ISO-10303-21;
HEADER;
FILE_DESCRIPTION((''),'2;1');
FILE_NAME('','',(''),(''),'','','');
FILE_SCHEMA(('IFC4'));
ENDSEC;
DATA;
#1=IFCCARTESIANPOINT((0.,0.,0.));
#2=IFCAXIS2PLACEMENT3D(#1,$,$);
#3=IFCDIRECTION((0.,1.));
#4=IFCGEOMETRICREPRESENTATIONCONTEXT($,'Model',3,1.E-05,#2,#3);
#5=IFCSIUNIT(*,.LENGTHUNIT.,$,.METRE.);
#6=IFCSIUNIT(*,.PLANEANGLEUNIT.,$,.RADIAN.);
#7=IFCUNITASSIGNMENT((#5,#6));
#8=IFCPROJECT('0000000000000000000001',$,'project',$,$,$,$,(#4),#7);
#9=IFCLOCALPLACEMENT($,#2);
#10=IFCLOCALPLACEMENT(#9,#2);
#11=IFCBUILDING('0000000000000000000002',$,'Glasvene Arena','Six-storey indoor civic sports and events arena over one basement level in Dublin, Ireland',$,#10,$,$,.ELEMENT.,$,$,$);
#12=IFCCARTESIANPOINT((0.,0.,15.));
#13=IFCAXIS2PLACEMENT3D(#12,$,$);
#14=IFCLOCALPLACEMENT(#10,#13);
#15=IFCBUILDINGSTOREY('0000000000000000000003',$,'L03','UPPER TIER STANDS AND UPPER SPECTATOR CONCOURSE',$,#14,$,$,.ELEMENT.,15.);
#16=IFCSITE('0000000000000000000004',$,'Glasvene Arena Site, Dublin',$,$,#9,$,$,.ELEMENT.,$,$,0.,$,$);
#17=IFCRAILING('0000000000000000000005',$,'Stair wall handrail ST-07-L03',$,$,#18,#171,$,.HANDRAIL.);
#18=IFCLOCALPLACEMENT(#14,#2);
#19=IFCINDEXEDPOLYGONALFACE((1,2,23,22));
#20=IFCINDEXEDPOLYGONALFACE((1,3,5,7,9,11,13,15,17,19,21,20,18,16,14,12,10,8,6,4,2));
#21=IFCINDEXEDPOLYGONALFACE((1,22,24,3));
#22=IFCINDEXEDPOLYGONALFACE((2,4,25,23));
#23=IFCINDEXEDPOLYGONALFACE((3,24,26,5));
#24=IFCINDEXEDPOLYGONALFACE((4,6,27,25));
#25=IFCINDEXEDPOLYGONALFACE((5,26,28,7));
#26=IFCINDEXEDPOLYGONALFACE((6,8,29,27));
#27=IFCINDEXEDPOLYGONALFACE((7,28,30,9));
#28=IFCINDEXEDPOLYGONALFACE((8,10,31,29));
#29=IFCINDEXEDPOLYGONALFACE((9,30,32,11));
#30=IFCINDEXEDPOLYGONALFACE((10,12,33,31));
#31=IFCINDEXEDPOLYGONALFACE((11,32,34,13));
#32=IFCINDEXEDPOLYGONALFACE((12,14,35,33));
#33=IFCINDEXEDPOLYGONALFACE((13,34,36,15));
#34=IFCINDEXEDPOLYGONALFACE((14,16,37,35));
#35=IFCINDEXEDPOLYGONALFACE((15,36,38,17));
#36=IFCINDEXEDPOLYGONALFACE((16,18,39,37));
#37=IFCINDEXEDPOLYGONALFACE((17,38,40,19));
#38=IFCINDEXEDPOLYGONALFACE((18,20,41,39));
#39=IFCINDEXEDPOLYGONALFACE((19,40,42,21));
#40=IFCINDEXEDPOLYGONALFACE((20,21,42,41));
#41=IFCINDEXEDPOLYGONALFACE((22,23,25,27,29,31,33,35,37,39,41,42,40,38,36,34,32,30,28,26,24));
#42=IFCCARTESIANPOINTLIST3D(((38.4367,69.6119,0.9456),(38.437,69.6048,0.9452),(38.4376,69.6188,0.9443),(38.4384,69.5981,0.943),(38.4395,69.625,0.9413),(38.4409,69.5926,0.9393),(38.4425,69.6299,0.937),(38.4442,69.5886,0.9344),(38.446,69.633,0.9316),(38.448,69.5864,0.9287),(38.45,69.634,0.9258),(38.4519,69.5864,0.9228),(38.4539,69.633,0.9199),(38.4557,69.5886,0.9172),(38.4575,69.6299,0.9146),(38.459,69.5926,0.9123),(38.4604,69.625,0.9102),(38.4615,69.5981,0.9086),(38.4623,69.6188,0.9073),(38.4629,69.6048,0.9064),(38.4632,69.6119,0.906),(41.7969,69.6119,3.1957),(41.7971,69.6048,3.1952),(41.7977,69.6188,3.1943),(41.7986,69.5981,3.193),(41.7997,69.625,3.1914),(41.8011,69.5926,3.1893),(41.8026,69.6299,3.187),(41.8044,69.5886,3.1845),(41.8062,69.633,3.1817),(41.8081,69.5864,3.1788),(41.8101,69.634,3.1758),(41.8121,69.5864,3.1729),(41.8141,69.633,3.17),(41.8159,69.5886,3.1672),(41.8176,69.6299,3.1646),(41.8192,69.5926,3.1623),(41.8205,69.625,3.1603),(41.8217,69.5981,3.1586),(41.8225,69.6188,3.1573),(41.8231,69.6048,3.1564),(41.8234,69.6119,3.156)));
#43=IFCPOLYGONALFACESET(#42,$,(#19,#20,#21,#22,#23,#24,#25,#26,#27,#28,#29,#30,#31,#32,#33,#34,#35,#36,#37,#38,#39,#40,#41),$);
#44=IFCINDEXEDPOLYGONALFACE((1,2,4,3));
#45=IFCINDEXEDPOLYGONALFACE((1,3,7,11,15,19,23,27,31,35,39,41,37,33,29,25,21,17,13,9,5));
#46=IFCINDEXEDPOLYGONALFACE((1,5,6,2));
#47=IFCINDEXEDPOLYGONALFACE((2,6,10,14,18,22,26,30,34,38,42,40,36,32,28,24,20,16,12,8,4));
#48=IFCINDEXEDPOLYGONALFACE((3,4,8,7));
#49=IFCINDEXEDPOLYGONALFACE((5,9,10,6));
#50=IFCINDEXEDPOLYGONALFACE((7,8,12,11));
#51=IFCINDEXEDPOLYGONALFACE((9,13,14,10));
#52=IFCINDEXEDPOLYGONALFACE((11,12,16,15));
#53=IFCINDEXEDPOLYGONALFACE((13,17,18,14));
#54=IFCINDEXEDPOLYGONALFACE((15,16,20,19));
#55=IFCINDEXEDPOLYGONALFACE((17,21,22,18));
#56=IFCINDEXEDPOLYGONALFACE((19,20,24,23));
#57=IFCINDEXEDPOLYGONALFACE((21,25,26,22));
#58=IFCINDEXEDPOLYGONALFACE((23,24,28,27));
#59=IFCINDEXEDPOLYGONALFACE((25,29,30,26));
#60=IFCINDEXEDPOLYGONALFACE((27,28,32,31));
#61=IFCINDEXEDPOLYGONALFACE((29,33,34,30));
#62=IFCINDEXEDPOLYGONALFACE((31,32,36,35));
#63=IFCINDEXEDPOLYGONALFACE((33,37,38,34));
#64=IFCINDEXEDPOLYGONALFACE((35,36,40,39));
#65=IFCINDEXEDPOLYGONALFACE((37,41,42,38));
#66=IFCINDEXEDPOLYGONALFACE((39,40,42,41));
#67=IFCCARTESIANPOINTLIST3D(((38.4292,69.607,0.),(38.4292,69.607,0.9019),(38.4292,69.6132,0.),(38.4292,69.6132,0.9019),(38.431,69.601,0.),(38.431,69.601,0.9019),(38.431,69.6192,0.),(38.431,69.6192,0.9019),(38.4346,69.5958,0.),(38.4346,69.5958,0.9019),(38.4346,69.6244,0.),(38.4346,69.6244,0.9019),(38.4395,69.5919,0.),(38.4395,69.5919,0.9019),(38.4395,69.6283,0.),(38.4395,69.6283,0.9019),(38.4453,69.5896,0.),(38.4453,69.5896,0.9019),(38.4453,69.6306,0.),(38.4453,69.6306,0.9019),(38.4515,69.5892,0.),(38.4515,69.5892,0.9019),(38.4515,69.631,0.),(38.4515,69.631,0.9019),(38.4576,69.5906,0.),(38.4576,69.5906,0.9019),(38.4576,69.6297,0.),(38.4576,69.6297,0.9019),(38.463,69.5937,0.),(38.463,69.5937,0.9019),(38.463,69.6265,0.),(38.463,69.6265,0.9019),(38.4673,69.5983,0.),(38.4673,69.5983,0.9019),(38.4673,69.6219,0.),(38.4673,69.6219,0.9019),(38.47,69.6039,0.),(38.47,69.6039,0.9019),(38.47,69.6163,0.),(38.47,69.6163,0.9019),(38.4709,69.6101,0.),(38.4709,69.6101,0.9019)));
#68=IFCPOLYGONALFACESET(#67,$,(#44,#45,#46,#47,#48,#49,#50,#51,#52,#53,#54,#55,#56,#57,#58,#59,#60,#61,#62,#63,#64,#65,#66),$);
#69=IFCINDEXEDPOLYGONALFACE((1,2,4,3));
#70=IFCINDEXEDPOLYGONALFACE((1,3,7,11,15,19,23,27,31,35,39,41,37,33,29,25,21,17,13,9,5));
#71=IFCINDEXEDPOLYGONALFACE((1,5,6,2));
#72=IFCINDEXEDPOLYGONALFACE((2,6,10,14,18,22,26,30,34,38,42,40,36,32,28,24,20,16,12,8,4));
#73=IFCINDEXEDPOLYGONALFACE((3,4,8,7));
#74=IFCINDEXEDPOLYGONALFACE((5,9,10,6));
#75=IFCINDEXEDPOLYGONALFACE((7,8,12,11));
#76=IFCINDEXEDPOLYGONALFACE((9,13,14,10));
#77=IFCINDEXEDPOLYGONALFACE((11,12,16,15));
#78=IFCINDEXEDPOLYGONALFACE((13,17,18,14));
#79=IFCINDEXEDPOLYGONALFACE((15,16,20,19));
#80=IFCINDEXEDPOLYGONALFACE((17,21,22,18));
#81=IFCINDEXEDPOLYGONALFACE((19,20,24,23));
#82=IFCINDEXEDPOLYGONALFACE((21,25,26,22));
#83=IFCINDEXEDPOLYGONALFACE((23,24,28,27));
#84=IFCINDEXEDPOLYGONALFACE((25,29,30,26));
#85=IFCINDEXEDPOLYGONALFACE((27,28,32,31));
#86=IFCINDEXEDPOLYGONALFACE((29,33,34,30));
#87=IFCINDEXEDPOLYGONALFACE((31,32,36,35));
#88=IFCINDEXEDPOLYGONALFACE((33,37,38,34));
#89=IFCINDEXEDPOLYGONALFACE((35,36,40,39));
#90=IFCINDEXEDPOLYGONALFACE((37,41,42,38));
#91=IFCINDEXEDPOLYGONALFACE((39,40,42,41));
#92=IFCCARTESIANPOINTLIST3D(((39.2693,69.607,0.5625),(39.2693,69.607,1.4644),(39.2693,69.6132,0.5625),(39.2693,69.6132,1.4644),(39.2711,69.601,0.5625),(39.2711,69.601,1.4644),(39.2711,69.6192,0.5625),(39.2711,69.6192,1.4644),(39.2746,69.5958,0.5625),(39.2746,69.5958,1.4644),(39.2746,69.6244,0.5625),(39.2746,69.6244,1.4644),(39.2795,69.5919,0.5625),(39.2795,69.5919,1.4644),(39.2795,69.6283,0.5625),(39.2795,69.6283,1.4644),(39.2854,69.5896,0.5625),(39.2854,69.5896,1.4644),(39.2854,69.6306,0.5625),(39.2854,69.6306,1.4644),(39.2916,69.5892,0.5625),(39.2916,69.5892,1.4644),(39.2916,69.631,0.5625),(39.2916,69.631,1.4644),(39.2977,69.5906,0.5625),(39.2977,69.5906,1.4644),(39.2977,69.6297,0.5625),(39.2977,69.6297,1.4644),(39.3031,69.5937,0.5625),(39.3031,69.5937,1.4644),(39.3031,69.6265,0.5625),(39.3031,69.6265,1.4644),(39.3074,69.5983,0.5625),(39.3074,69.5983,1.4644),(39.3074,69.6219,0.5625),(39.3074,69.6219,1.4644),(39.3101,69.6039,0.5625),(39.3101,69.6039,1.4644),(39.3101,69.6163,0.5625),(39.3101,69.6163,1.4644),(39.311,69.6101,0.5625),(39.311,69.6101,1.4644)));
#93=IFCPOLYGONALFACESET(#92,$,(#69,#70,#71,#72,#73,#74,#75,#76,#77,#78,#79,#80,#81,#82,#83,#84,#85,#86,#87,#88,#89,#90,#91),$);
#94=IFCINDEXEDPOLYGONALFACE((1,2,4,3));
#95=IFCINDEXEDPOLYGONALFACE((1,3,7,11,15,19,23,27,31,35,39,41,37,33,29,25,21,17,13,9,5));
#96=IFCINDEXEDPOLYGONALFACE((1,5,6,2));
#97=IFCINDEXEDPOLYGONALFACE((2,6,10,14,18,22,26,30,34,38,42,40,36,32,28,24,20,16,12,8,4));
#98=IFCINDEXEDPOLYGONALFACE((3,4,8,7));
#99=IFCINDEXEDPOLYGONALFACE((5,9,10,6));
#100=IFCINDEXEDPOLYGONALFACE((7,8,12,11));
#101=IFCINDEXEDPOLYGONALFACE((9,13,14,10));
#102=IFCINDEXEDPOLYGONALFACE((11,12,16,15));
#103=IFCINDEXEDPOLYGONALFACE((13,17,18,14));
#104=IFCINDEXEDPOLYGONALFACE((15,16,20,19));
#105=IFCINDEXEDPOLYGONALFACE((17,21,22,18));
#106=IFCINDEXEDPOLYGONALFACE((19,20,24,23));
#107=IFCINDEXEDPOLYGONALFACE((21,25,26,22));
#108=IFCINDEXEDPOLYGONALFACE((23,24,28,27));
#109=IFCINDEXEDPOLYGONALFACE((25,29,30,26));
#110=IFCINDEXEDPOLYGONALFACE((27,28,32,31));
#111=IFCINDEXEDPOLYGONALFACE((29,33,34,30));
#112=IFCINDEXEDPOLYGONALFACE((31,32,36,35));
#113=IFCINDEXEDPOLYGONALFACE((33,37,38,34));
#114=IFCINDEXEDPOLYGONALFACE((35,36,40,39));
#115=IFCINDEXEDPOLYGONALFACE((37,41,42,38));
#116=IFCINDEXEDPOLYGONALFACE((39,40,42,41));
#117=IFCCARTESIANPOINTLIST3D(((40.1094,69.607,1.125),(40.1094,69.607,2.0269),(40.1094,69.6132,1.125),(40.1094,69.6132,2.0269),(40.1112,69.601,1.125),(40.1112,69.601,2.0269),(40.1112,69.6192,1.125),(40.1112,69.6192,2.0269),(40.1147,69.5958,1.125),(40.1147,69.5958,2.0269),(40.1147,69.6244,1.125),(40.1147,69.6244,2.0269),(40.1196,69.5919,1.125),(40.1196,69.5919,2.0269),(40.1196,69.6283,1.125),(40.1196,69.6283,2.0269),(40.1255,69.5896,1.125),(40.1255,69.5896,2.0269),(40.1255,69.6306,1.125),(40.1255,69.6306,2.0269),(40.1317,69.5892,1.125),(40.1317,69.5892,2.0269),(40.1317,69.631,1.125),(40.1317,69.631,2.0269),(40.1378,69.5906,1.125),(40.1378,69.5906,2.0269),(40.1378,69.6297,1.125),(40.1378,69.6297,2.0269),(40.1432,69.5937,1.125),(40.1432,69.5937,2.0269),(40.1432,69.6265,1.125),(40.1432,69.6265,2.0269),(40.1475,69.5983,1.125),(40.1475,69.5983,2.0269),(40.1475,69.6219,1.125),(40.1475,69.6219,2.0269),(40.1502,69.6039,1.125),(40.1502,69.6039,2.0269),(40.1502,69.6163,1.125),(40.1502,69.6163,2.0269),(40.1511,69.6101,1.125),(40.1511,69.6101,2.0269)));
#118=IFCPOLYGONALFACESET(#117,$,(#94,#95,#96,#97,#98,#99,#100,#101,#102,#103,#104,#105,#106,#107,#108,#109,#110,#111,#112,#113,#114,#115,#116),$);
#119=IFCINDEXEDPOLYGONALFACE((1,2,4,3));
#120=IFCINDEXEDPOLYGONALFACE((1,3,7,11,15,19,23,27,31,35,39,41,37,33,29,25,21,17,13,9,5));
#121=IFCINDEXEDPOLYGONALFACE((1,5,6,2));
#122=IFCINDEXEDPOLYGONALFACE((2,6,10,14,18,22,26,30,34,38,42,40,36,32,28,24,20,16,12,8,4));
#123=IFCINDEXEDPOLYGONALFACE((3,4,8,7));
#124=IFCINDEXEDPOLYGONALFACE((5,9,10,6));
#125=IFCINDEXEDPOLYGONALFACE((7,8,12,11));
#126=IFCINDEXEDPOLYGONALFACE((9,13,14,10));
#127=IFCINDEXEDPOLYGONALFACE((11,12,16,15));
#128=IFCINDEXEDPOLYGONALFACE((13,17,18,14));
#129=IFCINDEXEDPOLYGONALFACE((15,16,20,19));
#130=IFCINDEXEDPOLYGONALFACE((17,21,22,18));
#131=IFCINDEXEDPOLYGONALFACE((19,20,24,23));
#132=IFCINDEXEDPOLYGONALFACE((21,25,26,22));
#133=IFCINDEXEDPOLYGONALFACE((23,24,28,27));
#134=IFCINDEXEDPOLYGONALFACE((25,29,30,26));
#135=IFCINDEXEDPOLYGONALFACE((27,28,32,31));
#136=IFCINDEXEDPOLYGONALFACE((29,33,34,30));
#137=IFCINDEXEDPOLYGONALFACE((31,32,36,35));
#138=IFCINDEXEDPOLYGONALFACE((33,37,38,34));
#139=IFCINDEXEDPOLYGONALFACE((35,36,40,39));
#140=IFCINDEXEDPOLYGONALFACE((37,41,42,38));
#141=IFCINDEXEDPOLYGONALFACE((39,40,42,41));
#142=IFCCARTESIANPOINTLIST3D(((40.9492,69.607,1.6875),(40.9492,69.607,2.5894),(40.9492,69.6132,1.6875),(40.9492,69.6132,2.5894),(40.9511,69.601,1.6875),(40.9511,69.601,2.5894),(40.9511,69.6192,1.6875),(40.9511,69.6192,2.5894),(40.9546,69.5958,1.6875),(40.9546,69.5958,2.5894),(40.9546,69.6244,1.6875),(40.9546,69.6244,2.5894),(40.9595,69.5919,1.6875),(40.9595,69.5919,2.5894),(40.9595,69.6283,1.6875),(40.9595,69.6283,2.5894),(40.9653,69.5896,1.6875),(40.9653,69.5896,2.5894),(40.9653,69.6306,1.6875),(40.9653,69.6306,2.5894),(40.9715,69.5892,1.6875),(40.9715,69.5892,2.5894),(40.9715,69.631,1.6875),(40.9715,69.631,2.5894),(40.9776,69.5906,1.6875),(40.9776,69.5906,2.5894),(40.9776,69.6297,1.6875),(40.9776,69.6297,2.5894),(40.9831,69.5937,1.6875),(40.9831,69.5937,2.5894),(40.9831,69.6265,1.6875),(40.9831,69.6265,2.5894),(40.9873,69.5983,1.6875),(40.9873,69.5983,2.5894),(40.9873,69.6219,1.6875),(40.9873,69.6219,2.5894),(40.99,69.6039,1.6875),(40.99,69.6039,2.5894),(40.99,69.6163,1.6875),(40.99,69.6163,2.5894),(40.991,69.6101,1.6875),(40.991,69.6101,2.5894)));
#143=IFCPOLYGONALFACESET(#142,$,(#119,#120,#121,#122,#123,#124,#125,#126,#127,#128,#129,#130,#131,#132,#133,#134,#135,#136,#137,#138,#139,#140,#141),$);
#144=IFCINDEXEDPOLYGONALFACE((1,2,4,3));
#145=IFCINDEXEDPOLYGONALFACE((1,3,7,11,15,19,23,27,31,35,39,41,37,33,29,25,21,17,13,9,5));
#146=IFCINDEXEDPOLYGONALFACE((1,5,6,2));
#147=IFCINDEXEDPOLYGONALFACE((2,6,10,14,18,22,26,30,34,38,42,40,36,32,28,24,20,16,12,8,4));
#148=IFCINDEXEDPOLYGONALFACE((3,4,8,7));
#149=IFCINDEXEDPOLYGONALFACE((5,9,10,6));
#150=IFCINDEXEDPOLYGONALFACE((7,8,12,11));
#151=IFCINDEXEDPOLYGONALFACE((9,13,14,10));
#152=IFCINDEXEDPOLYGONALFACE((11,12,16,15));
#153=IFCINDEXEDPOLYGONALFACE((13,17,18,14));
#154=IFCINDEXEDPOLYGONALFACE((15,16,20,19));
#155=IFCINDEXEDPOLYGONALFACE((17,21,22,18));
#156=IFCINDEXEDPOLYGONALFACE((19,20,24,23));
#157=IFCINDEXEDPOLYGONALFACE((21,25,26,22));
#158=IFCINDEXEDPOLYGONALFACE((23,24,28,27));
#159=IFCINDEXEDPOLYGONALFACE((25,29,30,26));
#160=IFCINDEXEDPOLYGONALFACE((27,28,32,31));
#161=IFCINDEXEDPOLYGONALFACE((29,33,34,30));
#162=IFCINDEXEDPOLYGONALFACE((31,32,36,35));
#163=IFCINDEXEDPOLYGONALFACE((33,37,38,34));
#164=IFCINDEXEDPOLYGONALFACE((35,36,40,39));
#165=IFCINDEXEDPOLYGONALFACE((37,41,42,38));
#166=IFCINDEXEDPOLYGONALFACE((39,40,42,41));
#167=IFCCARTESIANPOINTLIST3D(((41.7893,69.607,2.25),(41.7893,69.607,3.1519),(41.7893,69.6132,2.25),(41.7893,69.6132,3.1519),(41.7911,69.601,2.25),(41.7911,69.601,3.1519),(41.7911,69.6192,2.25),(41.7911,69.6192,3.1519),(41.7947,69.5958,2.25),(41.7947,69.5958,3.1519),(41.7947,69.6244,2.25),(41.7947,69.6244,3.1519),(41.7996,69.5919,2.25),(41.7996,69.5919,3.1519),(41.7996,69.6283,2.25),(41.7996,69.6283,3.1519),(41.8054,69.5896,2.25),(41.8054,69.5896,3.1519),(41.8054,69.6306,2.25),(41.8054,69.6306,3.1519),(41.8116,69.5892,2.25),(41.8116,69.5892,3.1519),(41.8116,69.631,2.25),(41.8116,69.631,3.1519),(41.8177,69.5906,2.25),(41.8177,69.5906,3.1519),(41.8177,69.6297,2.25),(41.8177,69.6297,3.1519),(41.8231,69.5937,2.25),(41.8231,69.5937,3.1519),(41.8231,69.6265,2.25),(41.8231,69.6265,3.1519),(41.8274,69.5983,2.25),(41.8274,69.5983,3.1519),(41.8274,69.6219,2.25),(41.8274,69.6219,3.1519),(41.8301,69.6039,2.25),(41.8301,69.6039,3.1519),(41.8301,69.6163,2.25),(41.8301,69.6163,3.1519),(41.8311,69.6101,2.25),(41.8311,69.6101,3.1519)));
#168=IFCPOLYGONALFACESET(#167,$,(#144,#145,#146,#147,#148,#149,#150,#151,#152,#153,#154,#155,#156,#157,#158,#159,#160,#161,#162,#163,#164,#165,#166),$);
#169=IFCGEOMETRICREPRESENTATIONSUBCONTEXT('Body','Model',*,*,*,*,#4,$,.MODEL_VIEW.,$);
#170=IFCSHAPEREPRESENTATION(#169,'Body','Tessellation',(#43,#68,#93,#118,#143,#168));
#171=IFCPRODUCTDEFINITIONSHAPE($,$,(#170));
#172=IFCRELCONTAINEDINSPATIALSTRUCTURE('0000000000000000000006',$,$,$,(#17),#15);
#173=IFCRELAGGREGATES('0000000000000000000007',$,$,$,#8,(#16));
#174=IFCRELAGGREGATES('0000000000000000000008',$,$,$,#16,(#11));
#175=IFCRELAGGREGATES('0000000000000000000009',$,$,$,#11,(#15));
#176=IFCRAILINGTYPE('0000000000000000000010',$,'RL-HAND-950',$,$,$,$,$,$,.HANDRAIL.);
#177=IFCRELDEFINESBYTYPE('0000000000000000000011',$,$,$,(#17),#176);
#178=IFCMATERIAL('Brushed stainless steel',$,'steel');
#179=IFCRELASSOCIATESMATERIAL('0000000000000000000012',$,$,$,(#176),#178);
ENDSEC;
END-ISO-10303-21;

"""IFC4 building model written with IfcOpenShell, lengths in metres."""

from ifc_helpers import new_model, si_unit, direction, frame, origin, origin_2d, place, context, subcontext, project, spatial, circle, extrude, material, type_object, element, save


model = new_model("IFC4")

# Units and contexts
model_context = context("Model", 3, precision=1e-05, world=origin(), true_north=direction((0.0, 1.0)))
body_context = subcontext(model_context, "Body", "Model", "MODEL_VIEW")
ifc_project = project(units=[si_unit("LENGTHUNIT", "METRE"), si_unit("PLANEANGLEUNIT", "RADIAN")], contexts=[model_context])

# Site, building, storey
site_placement = place(None, origin())
site = spatial("IfcSite", under=ifc_project, at=site_placement, Name="Glasvene Arena Site, Dublin", CompositionType="ELEMENT", RefElevation=0.0)
building_placement = place(site_placement, origin())
building = spatial("IfcBuilding", under=site, at=building_placement, Name="Glasvene Arena", Description="Six-storey indoor civic sports and events arena over one basement level in Dublin, Ireland", CompositionType="ELEMENT")
storey_placement = place(building_placement, frame((0.0, 0.0, 15.0)))
storey = spatial("IfcBuildingStorey", under=building, at=storey_placement, Name="L03", Description="UPPER TIER STANDS AND UPPER SPECTATOR CONCOURSE", CompositionType="ELEMENT", Elevation=15.0)

# Railing
ifc_material_1 = material(Name="Brushed stainless steel", Category="steel")
railing_type_1 = type_object("IfcRailingType", Name="RL-HAND-950", PredefinedType="HANDRAIL", material=ifc_material_1)
railing_1_placement = place(storey_placement, frame((38.45, 69.6101, 0.0)))
element("IfcRailing", 1, at=railing_1_placement, inside=storey, type_object=railing_type_1, Name="Stair wall handrail ST-07-L03", PredefinedType="HANDRAIL", context=body_context, shape_type="SweptSolid", body=[
    extrude(circle(Radius=0.0239, at=origin_2d()), frame((0.0, 0.0, 0.9258), z_axis=(0.830915, 0.0, 0.556399), x_axis=(0.0, 1.0, 0.0)), (0.0, 0.0, 1.0), 4.0439),
    extrude(circle(Radius=0.021, at=origin_2d()), origin(), (0.0, 0.0, 1.0), 0.9019),
    extrude(circle(Radius=0.021, at=origin_2d()), frame((0.8401, 0.0, 0.5625)), (0.0, 0.0, 1.0), 0.9019),
    extrude(circle(Radius=0.021, at=origin_2d()), frame((1.6802, 0.0, 1.125)), (0.0, 0.0, 1.0), 0.9019),
    extrude(circle(Radius=0.021, at=origin_2d()), frame((2.52, 0.0, 1.6875)), (0.0, 0.0, 1.0), 0.9019),
    extrude(circle(Radius=0.021, at=origin_2d()), frame((3.3601, 0.0, 2.25)), (0.0, 0.0, 1.0), 0.9019),
])

save(model, "model.ifc")
